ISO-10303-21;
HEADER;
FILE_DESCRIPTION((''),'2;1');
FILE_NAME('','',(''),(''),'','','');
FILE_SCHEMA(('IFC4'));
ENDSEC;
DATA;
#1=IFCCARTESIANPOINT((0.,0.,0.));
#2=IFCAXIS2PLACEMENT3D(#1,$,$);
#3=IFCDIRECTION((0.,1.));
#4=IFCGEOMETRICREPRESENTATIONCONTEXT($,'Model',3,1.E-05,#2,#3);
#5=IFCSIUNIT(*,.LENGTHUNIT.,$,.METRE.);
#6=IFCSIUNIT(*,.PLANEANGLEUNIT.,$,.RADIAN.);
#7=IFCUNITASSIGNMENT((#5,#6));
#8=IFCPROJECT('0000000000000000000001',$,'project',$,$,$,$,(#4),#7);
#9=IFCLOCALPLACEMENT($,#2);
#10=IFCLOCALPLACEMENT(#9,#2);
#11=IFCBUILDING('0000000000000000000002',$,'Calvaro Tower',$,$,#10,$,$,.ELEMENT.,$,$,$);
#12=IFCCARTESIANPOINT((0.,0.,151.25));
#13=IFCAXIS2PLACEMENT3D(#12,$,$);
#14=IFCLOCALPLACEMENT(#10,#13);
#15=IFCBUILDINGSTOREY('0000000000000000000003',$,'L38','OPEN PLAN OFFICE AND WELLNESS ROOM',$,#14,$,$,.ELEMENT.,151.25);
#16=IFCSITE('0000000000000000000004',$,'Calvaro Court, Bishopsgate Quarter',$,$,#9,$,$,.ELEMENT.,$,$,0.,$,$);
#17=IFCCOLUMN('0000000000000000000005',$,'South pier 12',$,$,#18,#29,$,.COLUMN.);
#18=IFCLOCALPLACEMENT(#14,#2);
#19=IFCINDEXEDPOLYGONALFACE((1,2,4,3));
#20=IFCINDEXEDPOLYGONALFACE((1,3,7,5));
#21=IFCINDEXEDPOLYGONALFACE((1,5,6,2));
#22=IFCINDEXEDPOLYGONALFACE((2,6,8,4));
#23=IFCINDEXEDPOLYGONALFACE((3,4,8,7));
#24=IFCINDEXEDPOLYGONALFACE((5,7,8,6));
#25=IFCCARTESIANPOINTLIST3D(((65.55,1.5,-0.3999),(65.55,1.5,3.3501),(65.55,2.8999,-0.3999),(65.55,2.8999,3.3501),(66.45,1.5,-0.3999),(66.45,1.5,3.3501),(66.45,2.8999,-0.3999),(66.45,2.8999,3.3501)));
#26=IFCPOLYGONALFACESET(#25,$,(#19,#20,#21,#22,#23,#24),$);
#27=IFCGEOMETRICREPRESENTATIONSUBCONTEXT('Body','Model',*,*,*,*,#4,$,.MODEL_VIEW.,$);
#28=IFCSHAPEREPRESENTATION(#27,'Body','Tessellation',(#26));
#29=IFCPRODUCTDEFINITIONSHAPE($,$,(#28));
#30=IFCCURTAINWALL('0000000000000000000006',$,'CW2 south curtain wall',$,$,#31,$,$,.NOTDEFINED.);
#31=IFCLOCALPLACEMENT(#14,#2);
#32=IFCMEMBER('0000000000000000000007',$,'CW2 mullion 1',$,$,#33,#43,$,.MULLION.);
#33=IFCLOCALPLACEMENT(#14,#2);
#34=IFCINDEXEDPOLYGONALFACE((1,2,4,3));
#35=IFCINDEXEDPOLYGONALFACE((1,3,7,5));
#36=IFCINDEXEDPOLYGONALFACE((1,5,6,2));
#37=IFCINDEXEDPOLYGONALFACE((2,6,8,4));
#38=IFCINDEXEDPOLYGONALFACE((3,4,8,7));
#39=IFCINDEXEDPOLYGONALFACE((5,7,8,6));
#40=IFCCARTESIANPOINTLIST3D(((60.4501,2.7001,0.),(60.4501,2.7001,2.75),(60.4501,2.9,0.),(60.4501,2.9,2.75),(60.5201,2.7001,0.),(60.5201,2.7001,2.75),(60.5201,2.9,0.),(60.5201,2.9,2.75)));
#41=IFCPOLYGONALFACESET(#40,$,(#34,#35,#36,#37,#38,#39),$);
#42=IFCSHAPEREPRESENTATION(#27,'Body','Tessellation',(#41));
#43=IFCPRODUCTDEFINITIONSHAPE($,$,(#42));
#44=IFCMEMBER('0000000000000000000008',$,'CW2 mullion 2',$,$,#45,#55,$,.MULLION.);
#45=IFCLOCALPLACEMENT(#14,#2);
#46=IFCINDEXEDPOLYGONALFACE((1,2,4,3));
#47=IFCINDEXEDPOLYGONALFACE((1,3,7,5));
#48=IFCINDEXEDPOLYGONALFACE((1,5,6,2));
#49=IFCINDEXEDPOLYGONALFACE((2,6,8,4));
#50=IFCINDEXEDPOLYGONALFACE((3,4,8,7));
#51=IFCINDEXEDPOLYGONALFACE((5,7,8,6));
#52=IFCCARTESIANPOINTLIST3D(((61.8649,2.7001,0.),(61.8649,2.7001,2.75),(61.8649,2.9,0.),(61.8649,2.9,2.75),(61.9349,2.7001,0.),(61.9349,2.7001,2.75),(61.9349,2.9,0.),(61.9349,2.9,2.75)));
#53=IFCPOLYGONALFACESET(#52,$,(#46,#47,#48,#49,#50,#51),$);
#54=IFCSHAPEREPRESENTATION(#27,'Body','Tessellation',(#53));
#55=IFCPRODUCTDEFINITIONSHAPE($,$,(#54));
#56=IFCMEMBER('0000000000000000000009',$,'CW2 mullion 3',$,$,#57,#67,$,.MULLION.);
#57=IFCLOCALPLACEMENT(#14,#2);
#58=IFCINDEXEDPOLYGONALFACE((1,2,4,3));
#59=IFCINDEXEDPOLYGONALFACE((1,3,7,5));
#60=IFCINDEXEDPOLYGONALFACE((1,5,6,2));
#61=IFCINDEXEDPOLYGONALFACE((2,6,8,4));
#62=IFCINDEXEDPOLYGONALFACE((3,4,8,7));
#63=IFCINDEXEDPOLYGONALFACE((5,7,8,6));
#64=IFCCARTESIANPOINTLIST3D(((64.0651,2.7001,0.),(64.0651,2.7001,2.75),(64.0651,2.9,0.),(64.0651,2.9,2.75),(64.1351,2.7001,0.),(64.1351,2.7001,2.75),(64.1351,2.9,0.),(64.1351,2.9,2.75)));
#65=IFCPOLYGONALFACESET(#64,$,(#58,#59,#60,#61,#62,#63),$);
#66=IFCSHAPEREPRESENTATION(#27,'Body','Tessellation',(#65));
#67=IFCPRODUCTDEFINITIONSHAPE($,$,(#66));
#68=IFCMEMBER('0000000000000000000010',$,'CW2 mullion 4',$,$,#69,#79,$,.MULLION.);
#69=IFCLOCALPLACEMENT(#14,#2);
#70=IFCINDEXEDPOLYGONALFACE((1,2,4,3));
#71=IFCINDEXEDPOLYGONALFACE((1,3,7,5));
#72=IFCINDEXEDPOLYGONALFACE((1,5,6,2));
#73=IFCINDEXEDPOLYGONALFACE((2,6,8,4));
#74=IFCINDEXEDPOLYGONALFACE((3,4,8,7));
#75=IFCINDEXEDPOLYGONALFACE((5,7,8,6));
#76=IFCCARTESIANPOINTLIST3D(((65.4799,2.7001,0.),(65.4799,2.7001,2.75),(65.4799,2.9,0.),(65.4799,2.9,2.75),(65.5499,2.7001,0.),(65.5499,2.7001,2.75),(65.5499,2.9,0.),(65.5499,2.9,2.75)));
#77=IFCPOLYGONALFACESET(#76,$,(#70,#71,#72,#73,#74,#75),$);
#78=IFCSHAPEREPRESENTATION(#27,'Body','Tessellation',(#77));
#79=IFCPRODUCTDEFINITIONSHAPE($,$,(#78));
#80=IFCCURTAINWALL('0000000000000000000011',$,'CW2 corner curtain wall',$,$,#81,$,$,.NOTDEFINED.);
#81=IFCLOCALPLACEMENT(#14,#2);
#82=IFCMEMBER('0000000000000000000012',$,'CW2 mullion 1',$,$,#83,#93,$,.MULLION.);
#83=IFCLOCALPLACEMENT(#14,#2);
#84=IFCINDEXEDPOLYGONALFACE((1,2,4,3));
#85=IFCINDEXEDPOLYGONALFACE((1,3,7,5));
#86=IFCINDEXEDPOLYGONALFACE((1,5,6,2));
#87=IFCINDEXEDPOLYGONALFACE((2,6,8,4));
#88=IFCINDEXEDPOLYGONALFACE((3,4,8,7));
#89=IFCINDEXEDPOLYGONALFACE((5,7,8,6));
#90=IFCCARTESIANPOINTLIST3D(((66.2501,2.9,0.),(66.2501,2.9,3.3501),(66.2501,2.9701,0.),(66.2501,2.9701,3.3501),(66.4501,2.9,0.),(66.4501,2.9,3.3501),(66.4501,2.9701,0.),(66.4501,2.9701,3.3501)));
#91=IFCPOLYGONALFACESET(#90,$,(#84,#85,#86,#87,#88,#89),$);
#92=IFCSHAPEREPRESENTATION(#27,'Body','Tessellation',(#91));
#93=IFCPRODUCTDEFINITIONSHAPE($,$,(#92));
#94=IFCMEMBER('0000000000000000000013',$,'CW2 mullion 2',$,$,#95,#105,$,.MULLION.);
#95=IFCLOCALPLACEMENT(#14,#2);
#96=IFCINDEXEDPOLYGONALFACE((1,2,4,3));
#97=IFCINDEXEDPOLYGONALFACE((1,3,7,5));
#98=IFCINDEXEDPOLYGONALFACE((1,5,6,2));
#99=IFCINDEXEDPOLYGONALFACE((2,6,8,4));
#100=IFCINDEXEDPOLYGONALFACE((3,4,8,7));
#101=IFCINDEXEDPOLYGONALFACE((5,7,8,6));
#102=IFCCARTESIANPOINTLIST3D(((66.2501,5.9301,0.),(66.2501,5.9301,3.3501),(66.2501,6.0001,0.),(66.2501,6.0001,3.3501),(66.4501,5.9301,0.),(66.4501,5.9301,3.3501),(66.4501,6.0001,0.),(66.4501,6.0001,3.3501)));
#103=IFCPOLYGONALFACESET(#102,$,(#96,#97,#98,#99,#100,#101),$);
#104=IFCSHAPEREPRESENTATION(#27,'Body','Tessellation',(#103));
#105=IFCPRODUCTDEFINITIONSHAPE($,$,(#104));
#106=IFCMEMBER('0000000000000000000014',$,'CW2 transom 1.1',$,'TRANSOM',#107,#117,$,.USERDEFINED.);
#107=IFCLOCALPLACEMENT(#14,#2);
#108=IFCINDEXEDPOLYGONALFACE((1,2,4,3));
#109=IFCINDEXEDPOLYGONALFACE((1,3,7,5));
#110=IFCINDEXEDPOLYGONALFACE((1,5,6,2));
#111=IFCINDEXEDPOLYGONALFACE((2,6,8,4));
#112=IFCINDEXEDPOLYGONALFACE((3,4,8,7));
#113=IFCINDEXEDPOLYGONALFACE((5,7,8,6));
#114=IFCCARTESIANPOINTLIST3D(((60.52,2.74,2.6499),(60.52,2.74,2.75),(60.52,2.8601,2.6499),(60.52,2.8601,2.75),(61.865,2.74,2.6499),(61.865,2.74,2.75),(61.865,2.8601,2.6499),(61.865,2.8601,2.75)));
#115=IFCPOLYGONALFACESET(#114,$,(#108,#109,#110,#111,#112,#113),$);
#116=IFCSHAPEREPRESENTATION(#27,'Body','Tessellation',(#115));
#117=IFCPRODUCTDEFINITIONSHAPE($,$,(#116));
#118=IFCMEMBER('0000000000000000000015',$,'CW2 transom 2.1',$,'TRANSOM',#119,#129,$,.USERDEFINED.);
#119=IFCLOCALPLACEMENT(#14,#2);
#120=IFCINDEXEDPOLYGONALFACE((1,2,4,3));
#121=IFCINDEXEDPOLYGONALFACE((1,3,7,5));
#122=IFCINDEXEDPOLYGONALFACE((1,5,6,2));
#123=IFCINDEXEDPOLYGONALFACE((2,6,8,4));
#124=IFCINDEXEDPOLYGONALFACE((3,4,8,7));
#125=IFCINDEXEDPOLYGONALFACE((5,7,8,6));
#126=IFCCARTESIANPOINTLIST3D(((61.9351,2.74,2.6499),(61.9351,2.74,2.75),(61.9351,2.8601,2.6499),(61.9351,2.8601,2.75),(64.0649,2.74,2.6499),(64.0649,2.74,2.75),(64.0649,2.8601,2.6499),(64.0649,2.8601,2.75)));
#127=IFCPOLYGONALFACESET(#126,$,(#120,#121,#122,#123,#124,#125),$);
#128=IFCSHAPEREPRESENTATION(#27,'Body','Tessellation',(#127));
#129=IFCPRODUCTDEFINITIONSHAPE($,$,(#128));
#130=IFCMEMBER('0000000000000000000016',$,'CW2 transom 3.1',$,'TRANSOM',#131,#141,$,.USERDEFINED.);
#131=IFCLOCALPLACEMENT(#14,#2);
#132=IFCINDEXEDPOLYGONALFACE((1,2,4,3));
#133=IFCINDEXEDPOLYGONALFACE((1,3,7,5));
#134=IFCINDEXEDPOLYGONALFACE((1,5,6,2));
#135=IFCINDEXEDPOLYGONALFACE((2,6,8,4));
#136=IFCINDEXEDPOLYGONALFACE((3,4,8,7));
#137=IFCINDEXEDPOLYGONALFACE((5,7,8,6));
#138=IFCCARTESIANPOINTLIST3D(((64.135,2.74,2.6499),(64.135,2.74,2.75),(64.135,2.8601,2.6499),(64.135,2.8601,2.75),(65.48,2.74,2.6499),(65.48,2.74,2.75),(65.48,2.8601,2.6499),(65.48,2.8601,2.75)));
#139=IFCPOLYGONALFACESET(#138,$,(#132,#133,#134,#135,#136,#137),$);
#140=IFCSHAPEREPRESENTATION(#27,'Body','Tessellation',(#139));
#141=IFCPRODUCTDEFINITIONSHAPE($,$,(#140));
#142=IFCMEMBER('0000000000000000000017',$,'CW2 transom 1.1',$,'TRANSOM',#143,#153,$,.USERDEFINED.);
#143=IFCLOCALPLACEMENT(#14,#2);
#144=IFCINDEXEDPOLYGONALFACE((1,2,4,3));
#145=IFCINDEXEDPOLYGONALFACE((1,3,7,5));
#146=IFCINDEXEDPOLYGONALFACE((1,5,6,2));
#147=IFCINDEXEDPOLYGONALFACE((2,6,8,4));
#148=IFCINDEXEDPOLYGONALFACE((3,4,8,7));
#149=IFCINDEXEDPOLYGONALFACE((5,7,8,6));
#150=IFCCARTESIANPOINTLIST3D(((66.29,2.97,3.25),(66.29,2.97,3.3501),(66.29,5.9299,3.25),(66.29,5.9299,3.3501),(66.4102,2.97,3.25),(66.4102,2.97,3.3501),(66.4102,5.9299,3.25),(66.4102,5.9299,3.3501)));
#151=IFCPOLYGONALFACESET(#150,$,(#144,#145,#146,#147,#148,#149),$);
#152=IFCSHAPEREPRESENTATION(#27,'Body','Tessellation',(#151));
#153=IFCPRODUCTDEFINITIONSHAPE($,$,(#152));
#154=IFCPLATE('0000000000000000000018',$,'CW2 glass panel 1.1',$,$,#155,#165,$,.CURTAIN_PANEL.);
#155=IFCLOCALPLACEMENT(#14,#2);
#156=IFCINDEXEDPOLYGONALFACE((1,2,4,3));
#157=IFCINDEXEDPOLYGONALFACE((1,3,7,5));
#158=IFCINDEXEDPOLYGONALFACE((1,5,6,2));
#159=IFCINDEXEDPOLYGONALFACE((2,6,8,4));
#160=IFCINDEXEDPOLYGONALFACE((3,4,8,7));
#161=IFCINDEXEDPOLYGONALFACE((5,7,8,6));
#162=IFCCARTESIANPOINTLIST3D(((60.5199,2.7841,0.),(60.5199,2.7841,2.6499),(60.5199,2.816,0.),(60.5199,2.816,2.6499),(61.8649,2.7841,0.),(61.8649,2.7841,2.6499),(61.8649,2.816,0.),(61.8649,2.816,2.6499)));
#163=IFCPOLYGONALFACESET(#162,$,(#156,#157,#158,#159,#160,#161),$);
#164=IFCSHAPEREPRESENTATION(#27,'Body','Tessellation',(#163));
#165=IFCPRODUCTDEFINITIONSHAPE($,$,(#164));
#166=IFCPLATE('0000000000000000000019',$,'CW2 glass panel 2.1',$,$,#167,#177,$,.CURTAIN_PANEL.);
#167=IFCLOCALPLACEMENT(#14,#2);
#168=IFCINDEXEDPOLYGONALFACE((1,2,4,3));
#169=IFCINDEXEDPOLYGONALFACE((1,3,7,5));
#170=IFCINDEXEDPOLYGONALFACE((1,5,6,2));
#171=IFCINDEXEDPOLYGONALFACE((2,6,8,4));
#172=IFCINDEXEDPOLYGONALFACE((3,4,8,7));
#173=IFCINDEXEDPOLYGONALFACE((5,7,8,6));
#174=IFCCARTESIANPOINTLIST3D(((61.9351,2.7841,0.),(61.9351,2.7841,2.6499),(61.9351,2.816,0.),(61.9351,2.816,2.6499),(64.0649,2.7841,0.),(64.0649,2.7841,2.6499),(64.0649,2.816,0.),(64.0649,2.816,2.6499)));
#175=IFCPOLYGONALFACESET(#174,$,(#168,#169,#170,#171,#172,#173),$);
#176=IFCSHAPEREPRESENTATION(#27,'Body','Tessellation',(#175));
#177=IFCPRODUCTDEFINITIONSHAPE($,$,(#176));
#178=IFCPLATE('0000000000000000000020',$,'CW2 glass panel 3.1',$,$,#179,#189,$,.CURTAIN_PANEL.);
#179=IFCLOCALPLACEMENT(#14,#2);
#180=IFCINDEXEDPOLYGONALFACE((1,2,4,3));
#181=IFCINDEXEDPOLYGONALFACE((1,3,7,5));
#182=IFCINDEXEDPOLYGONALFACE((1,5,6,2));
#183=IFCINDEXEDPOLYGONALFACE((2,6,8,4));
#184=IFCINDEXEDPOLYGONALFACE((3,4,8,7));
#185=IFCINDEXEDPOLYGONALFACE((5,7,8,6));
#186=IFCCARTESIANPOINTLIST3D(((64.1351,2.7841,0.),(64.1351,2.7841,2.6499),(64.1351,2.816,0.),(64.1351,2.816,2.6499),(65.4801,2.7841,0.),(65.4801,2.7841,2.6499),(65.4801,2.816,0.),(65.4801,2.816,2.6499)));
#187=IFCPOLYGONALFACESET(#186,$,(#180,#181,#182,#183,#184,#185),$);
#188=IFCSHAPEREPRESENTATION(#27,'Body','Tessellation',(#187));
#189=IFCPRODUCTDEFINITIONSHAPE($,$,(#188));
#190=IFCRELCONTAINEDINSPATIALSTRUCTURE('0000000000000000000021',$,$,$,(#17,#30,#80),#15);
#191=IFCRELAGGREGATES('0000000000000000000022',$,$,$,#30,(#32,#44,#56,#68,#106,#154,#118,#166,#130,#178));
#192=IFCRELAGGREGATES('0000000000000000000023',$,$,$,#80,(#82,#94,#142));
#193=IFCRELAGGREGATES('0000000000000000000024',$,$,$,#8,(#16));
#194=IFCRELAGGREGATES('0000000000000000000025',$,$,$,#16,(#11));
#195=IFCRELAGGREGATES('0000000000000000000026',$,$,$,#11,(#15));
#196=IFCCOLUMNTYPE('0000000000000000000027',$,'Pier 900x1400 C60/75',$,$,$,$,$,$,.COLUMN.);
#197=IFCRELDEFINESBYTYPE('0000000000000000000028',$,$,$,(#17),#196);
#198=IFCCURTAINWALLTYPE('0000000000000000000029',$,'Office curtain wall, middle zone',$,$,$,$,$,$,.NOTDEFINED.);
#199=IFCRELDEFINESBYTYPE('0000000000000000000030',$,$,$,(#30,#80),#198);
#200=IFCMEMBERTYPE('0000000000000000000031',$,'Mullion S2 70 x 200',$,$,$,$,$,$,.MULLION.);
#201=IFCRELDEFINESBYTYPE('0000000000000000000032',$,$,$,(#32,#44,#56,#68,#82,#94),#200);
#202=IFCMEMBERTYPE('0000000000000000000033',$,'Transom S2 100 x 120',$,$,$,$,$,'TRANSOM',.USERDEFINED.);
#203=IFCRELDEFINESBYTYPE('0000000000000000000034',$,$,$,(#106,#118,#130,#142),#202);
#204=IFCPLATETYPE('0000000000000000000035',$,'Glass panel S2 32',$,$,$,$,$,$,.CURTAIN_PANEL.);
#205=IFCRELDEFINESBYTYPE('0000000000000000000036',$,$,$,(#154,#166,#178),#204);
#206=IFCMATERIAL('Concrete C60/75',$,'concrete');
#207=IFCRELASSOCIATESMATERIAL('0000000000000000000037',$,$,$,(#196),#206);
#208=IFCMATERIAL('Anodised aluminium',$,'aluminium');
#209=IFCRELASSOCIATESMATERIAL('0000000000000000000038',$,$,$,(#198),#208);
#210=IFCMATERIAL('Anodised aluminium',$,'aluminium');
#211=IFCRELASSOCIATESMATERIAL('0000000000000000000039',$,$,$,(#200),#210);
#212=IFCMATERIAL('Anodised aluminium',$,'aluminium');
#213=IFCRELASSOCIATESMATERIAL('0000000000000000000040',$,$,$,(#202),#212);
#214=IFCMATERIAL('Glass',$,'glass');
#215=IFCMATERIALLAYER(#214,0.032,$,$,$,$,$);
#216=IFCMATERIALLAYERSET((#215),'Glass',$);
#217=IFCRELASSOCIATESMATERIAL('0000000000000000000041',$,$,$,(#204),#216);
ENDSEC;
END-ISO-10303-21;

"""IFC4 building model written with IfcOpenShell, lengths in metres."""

from ifc_helpers import new_model, si_unit, direction, frame, origin, origin_2d, place, context, subcontext, project, spatial, rectangle, extrude, material, layer, layer_set, material_profile, profile_set, type_object, element, aggregate, save


model = new_model("IFC4")

# Units and contexts
model_context = context("Model", 3, precision=1e-05, world=origin(), true_north=direction((0.0, 1.0)))
body_context = subcontext(model_context, "Body", "Model", "MODEL_VIEW")
ifc_project = project(units=[si_unit("LENGTHUNIT", "METRE"), si_unit("PLANEANGLEUNIT", "RADIAN")], contexts=[model_context])

# Site, building, storey
site_placement = place(None, origin())
site = spatial("IfcSite", under=ifc_project, at=site_placement, Name="Calvaro Court, Bishopsgate Quarter", CompositionType="ELEMENT", RefElevation=0.0)
building_placement = place(site_placement, origin())
building = spatial("IfcBuilding", under=site, at=building_placement, Name="Calvaro Tower", CompositionType="ELEMENT")
storey_placement = place(building_placement, frame((0.0, 0.0, 151.25)))
storey = spatial("IfcBuildingStorey", under=building, at=storey_placement, Name="L38", Description="OPEN PLAN OFFICE AND WELLNESS ROOM", CompositionType="ELEMENT", Elevation=151.25)

# Column
ifc_material_1 = material(Name="Concrete C60/75", Category="concrete")
ifc_material_profile_1 = material_profile(ifc_material_1, rectangle(XDim=0.8999, YDim=1.3999, at=origin_2d()), Name="RC 900x1400")
ifc_profile_set_1 = profile_set([ifc_material_profile_1], Name="Concrete C60/75")
column_type = type_object("IfcColumnType", Name="Pier 900x1400 C60/75", PredefinedType="COLUMN", material=ifc_profile_set_1)
column_placement = place(storey_placement, frame((66.0, 2.2, -0.3999), z_axis=(0.0, 0.0, 1.0), x_axis=(1.0, 0.0, 0.0)))
element("IfcColumn", 1, at=column_placement, inside=storey, type_object=column_type, Name="South pier 12", PredefinedType="COLUMN", context=body_context, shape_type="SweptSolid", body=[
    extrude(rectangle(XDim=0.8999, YDim=1.3999, at=origin_2d()), origin(), (0.0, 0.0, 1.0), 3.75),
])

# Curtain walls, members
ifc_material_2 = material(Name="Anodised aluminium", Category="aluminium")
curtain_wall_type = type_object("IfcCurtainWallType", Name="Office curtain wall, middle zone", PredefinedType="NOTDEFINED", material=ifc_material_2)
curtain_wall_1_placement = place(storey_placement, origin())
curtain_wall_1 = element("IfcCurtainWall", 2, at=curtain_wall_1_placement, inside=storey, type_object=curtain_wall_type, Name="CW2 south curtain wall", PredefinedType="NOTDEFINED")
ifc_material_3 = material(Name="Anodised aluminium", Category="aluminium")
ifc_material_profile_2 = material_profile(ifc_material_3, rectangle(XDim=0.2, YDim=0.0701, at=origin_2d()), Name="Mullion S2 70 x 200")
ifc_profile_set_2 = profile_set([ifc_material_profile_2], Name="Anodised aluminium")
member_type_1 = type_object("IfcMemberType", Name="Mullion S2 70 x 200", PredefinedType="MULLION", material=ifc_profile_set_2)
member_1_placement = place(storey_placement, frame((60.4851, 2.8, 0.0), z_axis=(0.0, 0.0, 1.0), x_axis=(0.0, 1.0, 0.0)))
member_1 = element("IfcMember", 3, at=member_1_placement, type_object=member_type_1, Name="CW2 mullion 1", PredefinedType="MULLION", context=body_context, shape_type="SweptSolid", body=[
    extrude(rectangle(XDim=0.2, YDim=0.0701, at=origin_2d()), origin(), (0.0, 0.0, 1.0), 2.75),
])
member_2_placement = place(storey_placement, frame((61.8999, 2.8, 0.0), z_axis=(0.0, 0.0, 1.0), x_axis=(0.0, 1.0, 0.0)))
member_2 = element("IfcMember", 4, at=member_2_placement, type_object=member_type_1, Name="CW2 mullion 2", PredefinedType="MULLION", context=body_context, shape_type="SweptSolid", body=[
    extrude(rectangle(XDim=0.2, YDim=0.0701, at=origin_2d()), origin(), (0.0, 0.0, 1.0), 2.75),
])
member_3_placement = place(storey_placement, frame((64.1001, 2.8, 0.0), z_axis=(0.0, 0.0, 1.0), x_axis=(0.0, 1.0, 0.0)))
member_3 = element("IfcMember", 5, at=member_3_placement, type_object=member_type_1, Name="CW2 mullion 3", PredefinedType="MULLION", context=body_context, shape_type="SweptSolid", body=[
    extrude(rectangle(XDim=0.2, YDim=0.0701, at=origin_2d()), origin(), (0.0, 0.0, 1.0), 2.75),
])
member_4_placement = place(storey_placement, frame((65.5149, 2.8, 0.0), z_axis=(0.0, 0.0, 1.0), x_axis=(0.0, 1.0, 0.0)))
member_4 = element("IfcMember", 6, at=member_4_placement, type_object=member_type_1, Name="CW2 mullion 4", PredefinedType="MULLION", context=body_context, shape_type="SweptSolid", body=[
    extrude(rectangle(XDim=0.2, YDim=0.0701, at=origin_2d()), origin(), (0.0, 0.0, 1.0), 2.75),
])
curtain_wall_2_placement = place(storey_placement, origin())
curtain_wall_2 = element("IfcCurtainWall", 7, at=curtain_wall_2_placement, inside=storey, type_object=curtain_wall_type, Name="CW2 corner curtain wall", PredefinedType="NOTDEFINED")
member_5_placement = place(storey_placement, frame((66.3501, 2.9351, 0.0), z_axis=(0.0, 0.0, 1.0), x_axis=(-1.0, 0.0, 0.0)))
member_5 = element("IfcMember", 8, at=member_5_placement, type_object=member_type_1, Name="CW2 mullion 1", PredefinedType="MULLION", context=body_context, shape_type="SweptSolid", body=[
    extrude(rectangle(XDim=0.2, YDim=0.0701, at=origin_2d()), origin(), (0.0, 0.0, 1.0), 3.3501),
])
member_6_placement = place(storey_placement, frame((66.3501, 5.9651, 0.0), z_axis=(0.0, 0.0, 1.0), x_axis=(-1.0, 0.0, 0.0)))
member_6 = element("IfcMember", 9, at=member_6_placement, type_object=member_type_1, Name="CW2 mullion 2", PredefinedType="MULLION", context=body_context, shape_type="SweptSolid", body=[
    extrude(rectangle(XDim=0.2, YDim=0.0701, at=origin_2d()), origin(), (0.0, 0.0, 1.0), 3.3501),
])

# Members
ifc_material_4 = material(Name="Anodised aluminium", Category="aluminium")
ifc_material_profile_3 = material_profile(ifc_material_4, rectangle(XDim=0.1201, YDim=0.1001, at=origin_2d()), Name="Transom S2 100 x 120")
ifc_profile_set_3 = profile_set([ifc_material_profile_3], Name="Anodised aluminium")
member_type_2 = type_object("IfcMemberType", Name="Transom S2 100 x 120", ElementType="TRANSOM", PredefinedType="USERDEFINED", material=ifc_profile_set_3)
member_7_placement = place(storey_placement, frame((60.52, 2.8, 2.7), z_axis=(1.0, 0.0, 0.0), x_axis=(0.0, 1.0, 0.0)))
member_7 = element("IfcMember", 10, at=member_7_placement, type_object=member_type_2, Name="CW2 transom 1.1", ObjectType="TRANSOM", PredefinedType="USERDEFINED", context=body_context, shape_type="SweptSolid", body=[
    extrude(rectangle(XDim=0.1201, YDim=0.1001, at=origin_2d()), origin(), (0.0, 0.0, 1.0), 1.345),
])
member_8_placement = place(storey_placement, frame((61.9351, 2.8, 2.7), z_axis=(1.0, 0.0, 0.0), x_axis=(0.0, 1.0, 0.0)))
member_8 = element("IfcMember", 11, at=member_8_placement, type_object=member_type_2, Name="CW2 transom 2.1", ObjectType="TRANSOM", PredefinedType="USERDEFINED", context=body_context, shape_type="SweptSolid", body=[
    extrude(rectangle(XDim=0.1201, YDim=0.1001, at=origin_2d()), origin(), (0.0, 0.0, 1.0), 2.1299),
])
member_9_placement = place(storey_placement, frame((64.135, 2.8, 2.7), z_axis=(1.0, 0.0, 0.0), x_axis=(0.0, 1.0, 0.0)))
member_9 = element("IfcMember", 12, at=member_9_placement, type_object=member_type_2, Name="CW2 transom 3.1", ObjectType="TRANSOM", PredefinedType="USERDEFINED", context=body_context, shape_type="SweptSolid", body=[
    extrude(rectangle(XDim=0.1201, YDim=0.1001, at=origin_2d()), origin(), (0.0, 0.0, 1.0), 1.345),
])
member_10_placement = place(storey_placement, frame((66.3501, 2.97, 3.3), z_axis=(0.0, 1.0, 0.0), x_axis=(-1.0, 0.0, 0.0)))
member_10 = element("IfcMember", 13, at=member_10_placement, type_object=member_type_2, Name="CW2 transom 1.1", ObjectType="TRANSOM", PredefinedType="USERDEFINED", context=body_context, shape_type="SweptSolid", body=[
    extrude(rectangle(XDim=0.1201, YDim=0.1001, at=origin_2d()), origin(), (0.0, 0.0, 1.0), 2.96),
])

# Plates
ifc_material_5 = material(Name="Glass", Category="glass")
ifc_layer_1 = layer(ifc_material_5, 0.032)
ifc_layer_set_1 = layer_set([ifc_layer_1], Name="Glass")
plate_type = type_object("IfcPlateType", Name="Glass panel S2 32", PredefinedType="CURTAIN_PANEL", material=ifc_layer_set_1)
plate_1_placement = place(storey_placement, frame((61.1924, 2.8, 0.0), z_axis=(0.0, 0.0, 1.0), x_axis=(1.0, 0.0, 0.0)))
plate_1 = element("IfcPlate", 14, at=plate_1_placement, type_object=plate_type, Name="CW2 glass panel 1.1", PredefinedType="CURTAIN_PANEL", context=body_context, shape_type="SweptSolid", body=[
    extrude(rectangle(XDim=1.345, YDim=0.032, at=origin_2d()), origin(), (0.0, 0.0, 1.0), 2.6499),
])
plate_2_placement = place(storey_placement, frame((63.0, 2.8, 0.0), z_axis=(0.0, 0.0, 1.0), x_axis=(1.0, 0.0, 0.0)))
plate_2 = element("IfcPlate", 15, at=plate_2_placement, type_object=plate_type, Name="CW2 glass panel 2.1", PredefinedType="CURTAIN_PANEL", context=body_context, shape_type="SweptSolid", body=[
    extrude(rectangle(XDim=2.1299, YDim=0.032, at=origin_2d()), origin(), (0.0, 0.0, 1.0), 2.6499),
])
plate_3_placement = place(storey_placement, frame((64.8076, 2.8, 0.0), z_axis=(0.0, 0.0, 1.0), x_axis=(1.0, 0.0, 0.0)))
plate_3 = element("IfcPlate", 16, at=plate_3_placement, type_object=plate_type, Name="CW2 glass panel 3.1", PredefinedType="CURTAIN_PANEL", context=body_context, shape_type="SweptSolid", body=[
    extrude(rectangle(XDim=1.345, YDim=0.032, at=origin_2d()), origin(), (0.0, 0.0, 1.0), 2.6499),
])
aggregate(curtain_wall_1, [member_1, member_2, member_3, member_4, member_7, plate_1, member_8, plate_2, member_9, plate_3])
aggregate(curtain_wall_2, [member_5, member_6, member_10])

save(model, "model.ifc")
